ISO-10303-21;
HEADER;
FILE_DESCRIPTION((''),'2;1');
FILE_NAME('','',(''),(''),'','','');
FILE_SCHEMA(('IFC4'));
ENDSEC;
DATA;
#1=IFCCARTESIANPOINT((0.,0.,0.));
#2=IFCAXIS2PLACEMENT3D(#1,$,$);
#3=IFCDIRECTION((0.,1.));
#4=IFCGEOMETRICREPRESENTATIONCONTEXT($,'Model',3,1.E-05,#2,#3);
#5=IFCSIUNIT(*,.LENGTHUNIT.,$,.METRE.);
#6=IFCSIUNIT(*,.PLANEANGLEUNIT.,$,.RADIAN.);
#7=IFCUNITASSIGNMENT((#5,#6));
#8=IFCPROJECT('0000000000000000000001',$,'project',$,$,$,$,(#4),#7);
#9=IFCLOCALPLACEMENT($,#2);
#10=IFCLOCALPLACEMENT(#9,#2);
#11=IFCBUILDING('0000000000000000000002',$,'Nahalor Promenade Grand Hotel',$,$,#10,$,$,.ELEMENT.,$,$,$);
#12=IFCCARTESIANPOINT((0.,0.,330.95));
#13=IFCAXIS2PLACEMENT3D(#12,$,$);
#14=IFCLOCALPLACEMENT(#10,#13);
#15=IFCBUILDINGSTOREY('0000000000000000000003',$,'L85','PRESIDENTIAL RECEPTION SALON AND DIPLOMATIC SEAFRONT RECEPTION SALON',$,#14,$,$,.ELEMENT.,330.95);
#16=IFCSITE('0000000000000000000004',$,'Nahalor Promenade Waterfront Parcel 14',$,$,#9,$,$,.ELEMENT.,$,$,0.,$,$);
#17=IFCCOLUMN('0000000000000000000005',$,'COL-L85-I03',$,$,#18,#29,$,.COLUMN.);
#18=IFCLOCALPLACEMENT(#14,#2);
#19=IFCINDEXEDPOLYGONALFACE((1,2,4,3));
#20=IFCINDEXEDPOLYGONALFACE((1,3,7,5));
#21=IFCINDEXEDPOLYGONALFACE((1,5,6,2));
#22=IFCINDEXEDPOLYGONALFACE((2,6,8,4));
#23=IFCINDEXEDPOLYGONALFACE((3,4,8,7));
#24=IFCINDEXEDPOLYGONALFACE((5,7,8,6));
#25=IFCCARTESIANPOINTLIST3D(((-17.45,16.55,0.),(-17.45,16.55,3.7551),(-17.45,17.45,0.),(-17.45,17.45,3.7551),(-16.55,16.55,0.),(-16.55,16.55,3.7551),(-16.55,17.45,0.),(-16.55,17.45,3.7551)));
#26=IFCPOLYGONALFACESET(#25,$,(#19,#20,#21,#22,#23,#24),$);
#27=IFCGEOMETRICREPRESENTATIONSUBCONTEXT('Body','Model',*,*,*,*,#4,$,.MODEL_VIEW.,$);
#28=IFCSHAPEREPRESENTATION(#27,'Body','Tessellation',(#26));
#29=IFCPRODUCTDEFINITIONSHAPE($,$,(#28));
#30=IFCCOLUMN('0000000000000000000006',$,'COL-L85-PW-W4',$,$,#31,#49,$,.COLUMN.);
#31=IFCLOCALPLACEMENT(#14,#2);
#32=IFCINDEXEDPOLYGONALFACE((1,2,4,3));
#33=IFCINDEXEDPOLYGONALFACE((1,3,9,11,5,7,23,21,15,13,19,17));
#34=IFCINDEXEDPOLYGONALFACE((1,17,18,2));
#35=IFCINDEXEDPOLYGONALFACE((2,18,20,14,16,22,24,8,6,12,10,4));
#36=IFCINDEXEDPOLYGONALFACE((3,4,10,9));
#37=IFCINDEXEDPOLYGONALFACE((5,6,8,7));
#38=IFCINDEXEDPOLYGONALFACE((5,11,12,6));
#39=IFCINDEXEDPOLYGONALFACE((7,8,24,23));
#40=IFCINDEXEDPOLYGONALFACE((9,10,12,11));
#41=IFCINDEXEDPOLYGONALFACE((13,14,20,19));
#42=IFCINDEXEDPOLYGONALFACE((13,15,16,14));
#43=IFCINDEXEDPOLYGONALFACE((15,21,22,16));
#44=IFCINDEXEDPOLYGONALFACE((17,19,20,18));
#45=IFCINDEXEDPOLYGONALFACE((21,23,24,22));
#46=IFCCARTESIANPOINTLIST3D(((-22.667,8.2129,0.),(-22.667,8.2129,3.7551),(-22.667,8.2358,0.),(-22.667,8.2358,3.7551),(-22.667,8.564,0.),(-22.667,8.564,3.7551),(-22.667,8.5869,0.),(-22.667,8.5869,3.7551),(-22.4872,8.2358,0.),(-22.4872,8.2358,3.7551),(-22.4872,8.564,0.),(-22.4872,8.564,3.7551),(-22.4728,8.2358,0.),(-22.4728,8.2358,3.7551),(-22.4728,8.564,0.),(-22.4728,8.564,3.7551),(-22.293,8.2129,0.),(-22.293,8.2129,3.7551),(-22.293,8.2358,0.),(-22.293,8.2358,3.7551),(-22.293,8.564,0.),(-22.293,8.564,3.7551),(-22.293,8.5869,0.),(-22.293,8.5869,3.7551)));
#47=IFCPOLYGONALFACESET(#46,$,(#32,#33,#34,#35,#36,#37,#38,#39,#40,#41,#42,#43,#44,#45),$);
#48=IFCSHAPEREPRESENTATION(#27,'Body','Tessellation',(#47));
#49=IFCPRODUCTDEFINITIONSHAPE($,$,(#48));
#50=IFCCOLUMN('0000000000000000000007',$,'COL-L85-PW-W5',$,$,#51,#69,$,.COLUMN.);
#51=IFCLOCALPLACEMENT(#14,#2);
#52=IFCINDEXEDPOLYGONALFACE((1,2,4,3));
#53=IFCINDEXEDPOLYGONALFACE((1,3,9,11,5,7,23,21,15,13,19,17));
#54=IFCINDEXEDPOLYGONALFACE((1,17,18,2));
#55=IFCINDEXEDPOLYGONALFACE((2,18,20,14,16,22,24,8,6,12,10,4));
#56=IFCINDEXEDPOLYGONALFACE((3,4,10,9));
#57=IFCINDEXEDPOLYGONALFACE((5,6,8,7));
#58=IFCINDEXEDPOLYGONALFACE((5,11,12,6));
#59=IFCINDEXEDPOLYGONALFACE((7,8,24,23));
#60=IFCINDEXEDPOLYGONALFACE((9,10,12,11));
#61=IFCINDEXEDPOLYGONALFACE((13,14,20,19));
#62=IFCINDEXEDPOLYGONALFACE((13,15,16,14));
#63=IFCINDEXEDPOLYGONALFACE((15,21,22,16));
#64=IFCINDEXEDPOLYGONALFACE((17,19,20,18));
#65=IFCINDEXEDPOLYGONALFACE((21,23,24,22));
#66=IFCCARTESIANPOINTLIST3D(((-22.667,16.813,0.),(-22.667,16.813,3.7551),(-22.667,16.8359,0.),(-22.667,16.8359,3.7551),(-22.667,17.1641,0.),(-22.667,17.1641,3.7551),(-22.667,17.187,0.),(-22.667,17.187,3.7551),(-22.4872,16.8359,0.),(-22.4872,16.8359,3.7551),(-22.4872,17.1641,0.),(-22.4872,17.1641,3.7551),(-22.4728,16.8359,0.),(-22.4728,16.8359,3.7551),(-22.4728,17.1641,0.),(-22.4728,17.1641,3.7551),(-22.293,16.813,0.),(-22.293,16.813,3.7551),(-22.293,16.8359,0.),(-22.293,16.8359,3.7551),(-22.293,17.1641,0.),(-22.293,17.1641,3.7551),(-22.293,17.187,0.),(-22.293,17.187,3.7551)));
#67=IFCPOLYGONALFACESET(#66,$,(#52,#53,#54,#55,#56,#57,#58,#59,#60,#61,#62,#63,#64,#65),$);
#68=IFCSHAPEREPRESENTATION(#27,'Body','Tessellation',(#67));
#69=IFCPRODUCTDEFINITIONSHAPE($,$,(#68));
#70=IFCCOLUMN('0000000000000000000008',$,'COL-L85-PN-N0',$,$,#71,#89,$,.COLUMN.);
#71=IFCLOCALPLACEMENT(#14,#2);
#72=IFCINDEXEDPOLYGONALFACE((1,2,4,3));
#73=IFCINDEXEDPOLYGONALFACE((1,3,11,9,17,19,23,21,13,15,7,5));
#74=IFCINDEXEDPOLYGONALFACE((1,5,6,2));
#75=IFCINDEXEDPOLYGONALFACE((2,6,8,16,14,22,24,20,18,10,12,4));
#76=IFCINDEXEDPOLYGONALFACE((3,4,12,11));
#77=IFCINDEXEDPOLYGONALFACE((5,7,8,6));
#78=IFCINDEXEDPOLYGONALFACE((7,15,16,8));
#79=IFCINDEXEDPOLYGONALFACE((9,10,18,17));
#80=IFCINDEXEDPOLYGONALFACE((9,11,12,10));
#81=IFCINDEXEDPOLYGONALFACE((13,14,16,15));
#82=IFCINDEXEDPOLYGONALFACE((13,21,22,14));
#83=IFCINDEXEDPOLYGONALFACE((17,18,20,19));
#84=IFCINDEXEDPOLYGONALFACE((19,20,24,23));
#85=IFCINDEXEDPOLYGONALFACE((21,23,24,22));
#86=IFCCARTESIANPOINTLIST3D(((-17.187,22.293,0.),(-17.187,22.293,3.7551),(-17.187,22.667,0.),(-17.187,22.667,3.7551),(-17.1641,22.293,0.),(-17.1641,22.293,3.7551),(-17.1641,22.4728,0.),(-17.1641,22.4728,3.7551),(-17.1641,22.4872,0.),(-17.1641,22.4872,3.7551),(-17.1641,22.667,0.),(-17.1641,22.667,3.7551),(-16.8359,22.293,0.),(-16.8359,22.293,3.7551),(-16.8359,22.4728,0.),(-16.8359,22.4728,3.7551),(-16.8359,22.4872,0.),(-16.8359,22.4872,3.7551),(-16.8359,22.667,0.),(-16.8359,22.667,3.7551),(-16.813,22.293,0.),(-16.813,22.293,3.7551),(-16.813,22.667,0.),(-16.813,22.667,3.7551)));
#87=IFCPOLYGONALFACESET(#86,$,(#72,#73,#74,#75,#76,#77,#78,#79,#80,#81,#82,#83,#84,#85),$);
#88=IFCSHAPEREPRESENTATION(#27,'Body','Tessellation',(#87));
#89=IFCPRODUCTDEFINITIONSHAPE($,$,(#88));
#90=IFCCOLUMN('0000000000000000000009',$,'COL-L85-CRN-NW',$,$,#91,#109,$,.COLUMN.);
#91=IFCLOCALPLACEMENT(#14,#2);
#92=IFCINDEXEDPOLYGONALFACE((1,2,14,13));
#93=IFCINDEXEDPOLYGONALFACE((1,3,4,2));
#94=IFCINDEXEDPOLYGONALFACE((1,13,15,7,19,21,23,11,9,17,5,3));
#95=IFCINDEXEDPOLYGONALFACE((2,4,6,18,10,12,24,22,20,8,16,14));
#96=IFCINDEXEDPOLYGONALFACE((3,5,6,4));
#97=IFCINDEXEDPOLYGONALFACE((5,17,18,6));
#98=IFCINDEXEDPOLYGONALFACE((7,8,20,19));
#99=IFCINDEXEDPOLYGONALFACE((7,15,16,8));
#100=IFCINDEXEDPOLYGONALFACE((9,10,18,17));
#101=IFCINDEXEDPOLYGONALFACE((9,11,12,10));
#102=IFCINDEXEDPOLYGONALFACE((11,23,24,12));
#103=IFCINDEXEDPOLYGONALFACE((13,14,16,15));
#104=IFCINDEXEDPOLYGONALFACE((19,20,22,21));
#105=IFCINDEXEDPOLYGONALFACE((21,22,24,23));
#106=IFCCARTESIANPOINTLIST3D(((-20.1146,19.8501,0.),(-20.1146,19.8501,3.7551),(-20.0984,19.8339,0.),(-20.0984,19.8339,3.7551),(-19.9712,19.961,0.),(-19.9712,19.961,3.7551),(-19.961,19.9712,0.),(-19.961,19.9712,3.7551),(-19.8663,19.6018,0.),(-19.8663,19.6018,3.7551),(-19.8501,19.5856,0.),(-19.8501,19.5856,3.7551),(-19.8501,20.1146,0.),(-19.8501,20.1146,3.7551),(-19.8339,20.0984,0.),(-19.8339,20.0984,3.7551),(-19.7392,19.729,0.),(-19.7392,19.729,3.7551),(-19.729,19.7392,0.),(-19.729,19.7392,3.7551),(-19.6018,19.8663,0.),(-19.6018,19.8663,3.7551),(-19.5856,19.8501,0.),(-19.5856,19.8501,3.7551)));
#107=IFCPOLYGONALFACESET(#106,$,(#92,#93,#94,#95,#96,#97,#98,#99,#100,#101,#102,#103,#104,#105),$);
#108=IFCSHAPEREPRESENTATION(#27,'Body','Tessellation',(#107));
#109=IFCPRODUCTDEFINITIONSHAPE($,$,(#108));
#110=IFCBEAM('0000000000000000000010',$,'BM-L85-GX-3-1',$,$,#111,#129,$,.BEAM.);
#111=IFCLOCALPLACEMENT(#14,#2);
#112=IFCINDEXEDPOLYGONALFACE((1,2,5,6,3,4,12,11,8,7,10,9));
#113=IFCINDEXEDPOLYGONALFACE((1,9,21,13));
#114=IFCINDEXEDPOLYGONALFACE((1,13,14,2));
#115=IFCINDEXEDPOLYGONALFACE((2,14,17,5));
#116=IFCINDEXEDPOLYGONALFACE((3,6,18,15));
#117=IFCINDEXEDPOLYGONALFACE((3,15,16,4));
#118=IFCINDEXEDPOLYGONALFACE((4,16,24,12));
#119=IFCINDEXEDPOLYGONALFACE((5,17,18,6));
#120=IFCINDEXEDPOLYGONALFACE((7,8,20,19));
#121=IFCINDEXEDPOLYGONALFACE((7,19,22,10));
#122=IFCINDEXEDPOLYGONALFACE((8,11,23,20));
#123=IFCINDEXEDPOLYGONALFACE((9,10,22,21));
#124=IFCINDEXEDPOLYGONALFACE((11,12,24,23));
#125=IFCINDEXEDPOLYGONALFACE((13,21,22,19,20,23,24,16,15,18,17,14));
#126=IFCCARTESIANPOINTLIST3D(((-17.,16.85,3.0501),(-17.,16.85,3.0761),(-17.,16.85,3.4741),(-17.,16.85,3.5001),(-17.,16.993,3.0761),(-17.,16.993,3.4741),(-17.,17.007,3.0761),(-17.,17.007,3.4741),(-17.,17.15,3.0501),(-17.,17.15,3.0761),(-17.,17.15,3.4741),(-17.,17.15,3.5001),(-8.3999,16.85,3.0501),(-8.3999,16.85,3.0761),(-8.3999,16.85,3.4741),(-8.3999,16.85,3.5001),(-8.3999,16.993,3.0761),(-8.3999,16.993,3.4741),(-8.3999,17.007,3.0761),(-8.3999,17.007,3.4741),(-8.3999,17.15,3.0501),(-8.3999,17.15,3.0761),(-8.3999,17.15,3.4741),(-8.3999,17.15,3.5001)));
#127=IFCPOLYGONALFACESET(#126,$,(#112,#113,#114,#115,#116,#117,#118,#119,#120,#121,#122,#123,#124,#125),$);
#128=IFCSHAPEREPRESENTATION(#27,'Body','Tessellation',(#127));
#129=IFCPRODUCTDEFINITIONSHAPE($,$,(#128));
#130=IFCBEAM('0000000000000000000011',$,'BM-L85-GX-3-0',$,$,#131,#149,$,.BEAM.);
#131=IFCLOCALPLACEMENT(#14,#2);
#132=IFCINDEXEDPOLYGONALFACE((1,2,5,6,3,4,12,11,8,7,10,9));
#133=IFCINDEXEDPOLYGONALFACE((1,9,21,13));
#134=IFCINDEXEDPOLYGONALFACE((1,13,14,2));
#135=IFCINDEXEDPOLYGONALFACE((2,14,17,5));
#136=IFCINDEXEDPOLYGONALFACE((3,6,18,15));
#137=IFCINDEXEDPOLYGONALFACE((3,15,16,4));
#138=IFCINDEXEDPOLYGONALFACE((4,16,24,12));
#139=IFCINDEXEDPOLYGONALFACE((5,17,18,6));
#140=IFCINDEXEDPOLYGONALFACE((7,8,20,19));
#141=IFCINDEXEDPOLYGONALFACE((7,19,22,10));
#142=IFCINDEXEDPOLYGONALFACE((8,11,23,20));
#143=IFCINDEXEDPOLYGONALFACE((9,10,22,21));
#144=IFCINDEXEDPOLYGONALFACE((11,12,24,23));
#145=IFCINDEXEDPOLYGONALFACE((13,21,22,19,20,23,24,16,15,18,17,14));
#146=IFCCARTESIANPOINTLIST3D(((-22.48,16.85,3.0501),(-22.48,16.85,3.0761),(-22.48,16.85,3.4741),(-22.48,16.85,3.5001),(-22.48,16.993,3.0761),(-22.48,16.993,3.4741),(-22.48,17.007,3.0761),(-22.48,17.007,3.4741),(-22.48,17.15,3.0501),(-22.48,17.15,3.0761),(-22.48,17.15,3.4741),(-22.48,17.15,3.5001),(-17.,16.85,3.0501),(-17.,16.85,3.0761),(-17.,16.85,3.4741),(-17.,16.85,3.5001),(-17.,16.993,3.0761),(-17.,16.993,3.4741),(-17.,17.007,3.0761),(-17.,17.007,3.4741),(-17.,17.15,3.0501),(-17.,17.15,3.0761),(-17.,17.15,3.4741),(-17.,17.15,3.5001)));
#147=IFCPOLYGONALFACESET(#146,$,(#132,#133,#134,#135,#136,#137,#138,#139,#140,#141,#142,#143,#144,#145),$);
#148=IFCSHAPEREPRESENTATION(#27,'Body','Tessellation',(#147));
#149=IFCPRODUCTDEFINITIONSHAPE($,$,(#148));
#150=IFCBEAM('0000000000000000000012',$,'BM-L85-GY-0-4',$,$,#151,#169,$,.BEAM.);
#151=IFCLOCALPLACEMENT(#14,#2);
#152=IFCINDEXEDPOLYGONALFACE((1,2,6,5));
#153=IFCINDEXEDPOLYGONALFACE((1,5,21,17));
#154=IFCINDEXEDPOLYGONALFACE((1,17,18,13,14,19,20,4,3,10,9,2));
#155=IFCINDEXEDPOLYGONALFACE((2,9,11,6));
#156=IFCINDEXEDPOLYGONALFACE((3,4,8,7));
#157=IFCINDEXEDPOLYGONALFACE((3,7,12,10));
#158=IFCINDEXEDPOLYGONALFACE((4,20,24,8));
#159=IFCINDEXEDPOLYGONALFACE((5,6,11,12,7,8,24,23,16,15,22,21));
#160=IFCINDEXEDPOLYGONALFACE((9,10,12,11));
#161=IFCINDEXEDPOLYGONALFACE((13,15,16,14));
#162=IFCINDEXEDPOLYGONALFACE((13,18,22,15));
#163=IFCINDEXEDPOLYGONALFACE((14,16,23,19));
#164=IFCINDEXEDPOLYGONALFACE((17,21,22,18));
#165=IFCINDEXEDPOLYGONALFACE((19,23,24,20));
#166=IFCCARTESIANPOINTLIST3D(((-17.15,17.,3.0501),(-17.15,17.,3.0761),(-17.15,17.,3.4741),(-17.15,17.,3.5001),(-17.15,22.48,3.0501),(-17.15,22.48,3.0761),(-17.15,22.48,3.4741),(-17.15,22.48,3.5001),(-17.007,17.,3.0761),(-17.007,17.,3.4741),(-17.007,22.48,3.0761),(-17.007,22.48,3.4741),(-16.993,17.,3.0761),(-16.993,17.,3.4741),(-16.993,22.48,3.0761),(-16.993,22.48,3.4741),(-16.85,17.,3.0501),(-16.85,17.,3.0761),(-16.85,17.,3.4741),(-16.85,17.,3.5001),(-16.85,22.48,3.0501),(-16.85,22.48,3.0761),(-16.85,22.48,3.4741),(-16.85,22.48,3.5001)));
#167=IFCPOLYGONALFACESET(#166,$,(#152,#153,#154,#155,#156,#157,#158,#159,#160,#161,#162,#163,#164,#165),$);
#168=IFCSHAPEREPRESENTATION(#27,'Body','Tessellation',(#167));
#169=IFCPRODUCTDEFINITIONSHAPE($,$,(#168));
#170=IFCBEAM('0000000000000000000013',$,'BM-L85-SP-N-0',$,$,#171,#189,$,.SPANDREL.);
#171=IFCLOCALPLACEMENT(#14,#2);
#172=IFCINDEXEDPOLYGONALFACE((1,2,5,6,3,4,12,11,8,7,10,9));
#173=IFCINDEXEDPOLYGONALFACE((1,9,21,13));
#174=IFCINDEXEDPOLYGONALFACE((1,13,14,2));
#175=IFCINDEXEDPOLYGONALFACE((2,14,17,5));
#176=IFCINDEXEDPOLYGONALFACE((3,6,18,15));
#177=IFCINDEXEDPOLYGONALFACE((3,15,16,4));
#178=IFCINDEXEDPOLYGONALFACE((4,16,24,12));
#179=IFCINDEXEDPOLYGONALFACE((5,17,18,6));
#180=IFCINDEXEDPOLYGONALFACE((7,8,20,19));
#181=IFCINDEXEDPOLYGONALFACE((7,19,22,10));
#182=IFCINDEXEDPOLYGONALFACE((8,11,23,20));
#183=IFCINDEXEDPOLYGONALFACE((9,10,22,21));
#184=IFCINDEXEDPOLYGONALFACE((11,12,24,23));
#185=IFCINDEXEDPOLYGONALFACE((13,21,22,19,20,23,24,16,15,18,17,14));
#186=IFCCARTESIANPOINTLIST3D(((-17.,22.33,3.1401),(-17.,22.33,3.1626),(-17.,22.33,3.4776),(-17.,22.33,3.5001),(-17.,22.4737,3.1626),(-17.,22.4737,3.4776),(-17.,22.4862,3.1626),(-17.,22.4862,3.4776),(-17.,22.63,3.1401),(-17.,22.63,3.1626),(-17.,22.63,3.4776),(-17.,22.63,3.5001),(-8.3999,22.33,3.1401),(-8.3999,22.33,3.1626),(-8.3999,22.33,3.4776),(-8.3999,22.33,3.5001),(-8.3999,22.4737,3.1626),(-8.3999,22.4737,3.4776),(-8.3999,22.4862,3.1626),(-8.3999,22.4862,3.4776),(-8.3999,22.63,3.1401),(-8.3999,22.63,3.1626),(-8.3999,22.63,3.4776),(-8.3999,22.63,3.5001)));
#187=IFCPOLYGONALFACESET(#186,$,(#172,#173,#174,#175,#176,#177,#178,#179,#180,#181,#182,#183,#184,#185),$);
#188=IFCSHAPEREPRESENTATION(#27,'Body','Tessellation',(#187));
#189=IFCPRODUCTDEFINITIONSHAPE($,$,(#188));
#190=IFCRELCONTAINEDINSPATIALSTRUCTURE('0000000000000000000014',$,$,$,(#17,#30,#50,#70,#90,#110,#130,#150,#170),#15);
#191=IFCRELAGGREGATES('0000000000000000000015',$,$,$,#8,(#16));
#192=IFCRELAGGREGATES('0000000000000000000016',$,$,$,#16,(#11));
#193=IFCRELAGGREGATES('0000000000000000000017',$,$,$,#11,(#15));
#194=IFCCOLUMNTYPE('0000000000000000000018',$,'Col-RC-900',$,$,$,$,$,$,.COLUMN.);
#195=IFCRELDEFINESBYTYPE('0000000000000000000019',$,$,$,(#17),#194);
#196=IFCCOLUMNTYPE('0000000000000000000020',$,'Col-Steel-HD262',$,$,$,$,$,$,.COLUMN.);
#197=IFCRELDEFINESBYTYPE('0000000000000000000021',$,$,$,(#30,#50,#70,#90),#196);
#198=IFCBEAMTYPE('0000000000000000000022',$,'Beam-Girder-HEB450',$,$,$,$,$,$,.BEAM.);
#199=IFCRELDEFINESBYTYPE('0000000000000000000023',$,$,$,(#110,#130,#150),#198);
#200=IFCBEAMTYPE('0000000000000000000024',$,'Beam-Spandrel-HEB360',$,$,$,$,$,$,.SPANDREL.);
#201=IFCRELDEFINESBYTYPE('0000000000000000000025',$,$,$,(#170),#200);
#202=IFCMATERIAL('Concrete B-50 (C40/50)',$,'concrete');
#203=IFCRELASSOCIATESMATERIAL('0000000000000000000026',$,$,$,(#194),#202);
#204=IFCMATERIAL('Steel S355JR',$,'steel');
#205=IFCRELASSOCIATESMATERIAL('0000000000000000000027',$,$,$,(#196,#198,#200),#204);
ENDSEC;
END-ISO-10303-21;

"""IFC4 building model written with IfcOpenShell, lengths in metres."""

from ifc_helpers import new_model, si_unit, direction, frame, origin, origin_2d, place, context, subcontext, project, spatial, rectangle, i_section, extrude, source, transform, mapped, material, material_profile, profile_set, type_object, element, save


model = new_model("IFC4")

# Units and contexts
model_context = context("Model", 3, precision=1e-05, world=origin(), true_north=direction((0.0, 1.0)))
body_context = subcontext(model_context, "Body", "Model", "MODEL_VIEW")
ifc_project = project(units=[si_unit("LENGTHUNIT", "METRE"), si_unit("PLANEANGLEUNIT", "RADIAN")], contexts=[model_context])

# Site, building, storey
site_placement = place(None, origin())
site = spatial("IfcSite", under=ifc_project, at=site_placement, Name="Nahalor Promenade Waterfront Parcel 14", CompositionType="ELEMENT", RefElevation=0.0)
building_placement = place(site_placement, origin())
building = spatial("IfcBuilding", under=site, at=building_placement, Name="Nahalor Promenade Grand Hotel", CompositionType="ELEMENT")
storey_placement = place(building_placement, frame((0.0, 0.0, 330.95)))
storey = spatial("IfcBuildingStorey", under=building, at=storey_placement, Name="L85", Description="PRESIDENTIAL RECEPTION SALON AND DIPLOMATIC SEAFRONT RECEPTION SALON", CompositionType="ELEMENT", Elevation=330.95)

# Columns
ifc_material_1 = material(Name="Concrete B-50 (C40/50)", Category="concrete")
ifc_material_profile_1 = material_profile(ifc_material_1, rectangle(XDim=0.9, YDim=0.9, at=origin_2d()), Name="RC 900x900")
ifc_profile_set_1 = profile_set([ifc_material_profile_1], Name="Concrete B-50 (C40/50)")
column_type_1 = type_object("IfcColumnType", Name="Col-RC-900", PredefinedType="COLUMN", material=ifc_profile_set_1)
shared_shape_1 = source(origin(), body_context, "Body", "SweptSolid", [
    extrude(rectangle(XDim=0.9, YDim=0.9, at=origin_2d()), origin(), (0.0, 0.0, 1.0), 3.7551),
])
column_placement = place(storey_placement, frame((-17.0, 17.0, 0.0), z_axis=(0.0, 0.0, 1.0), x_axis=(1.0, 0.0, 0.0)))
element("IfcColumn", 1, at=column_placement, inside=storey, type_object=column_type_1, Name="COL-L85-I03", PredefinedType="COLUMN", context=body_context, shape_type="MappedRepresentation", body=[
    mapped(shared_shape_1, transform((0.0, 0.0, 0.0), scale=1.0)),
])
ifc_material_2 = material(Name="Steel S355JR", Category="steel")
ifc_material_profile_2 = material_profile(ifc_material_2, i_section(OverallWidth=0.374, OverallDepth=0.374, WebThickness=0.0144, FlangeThickness=0.0229, at=origin_2d()), Name="HD 360x262")
ifc_profile_set_2 = profile_set([ifc_material_profile_2], Name="Steel S355JR")
column_type_2 = type_object("IfcColumnType", Name="Col-Steel-HD262", PredefinedType="COLUMN", material=ifc_profile_set_2)
shared_shape_2 = source(origin(), body_context, "Body", "SweptSolid", [
    extrude(i_section(OverallWidth=0.374, OverallDepth=0.374, WebThickness=0.0144, FlangeThickness=0.0229, at=origin_2d()), origin(), (0.0, 0.0, 1.0), 3.7551),
])
for number, where, z_axis, x_axis, name in (
    (2, (-22.48, 8.3999, 0.0), (0.0, 0.0, 1.0), (1.0, 0.0, 0.0), "COL-L85-PW-W4"),
    (3, (-22.48, 17.0, 0.0), (0.0, 0.0, 1.0), (1.0, 0.0, 0.0), "COL-L85-PW-W5"),
    (4, (-17.0, 22.48, 0.0), (0.0, 0.0, 1.0), (0.0, 1.0, 0.0), "COL-L85-PN-N0"),
    (5, (-19.8501, 19.8501, 0.0), (0.0, 0.0, 1.0), (0.707107, 0.707107, 0.0), "COL-L85-CRN-NW"),
):
    element("IfcColumn", number, at=place(storey_placement, frame(where, z_axis=z_axis, x_axis=x_axis)), inside=storey, type_object=column_type_2, Name=name, PredefinedType="COLUMN", context=body_context, shape_type="MappedRepresentation", body=[
        mapped(shared_shape_2, transform((0.0, 0.0, 0.0), scale=1.0)),
    ])

# Beams
ifc_material_profile_3 = material_profile(ifc_material_2, i_section(OverallWidth=0.3, OverallDepth=0.45, WebThickness=0.014, FlangeThickness=0.026, at=origin_2d()), Name="HEB 450")
ifc_profile_set_3 = profile_set([ifc_material_profile_3], Name="Steel S355JR")
beam_type_1 = type_object("IfcBeamType", Name="Beam-Girder-HEB450", PredefinedType="BEAM", material=ifc_profile_set_3)
shared_shape_3 = source(origin(), body_context, "Body", "SweptSolid", [
    extrude(i_section(OverallWidth=0.3, OverallDepth=0.45, WebThickness=0.014, FlangeThickness=0.026, at=origin_2d()), origin(), (0.0, 0.0, 1.0), 8.6001),
])
beam_1_placement = place(storey_placement, frame((-17.0, 17.0, 3.2751), z_axis=(1.0, 0.0, 0.0), x_axis=(0.0, 1.0, 0.0)))
element("IfcBeam", 6, at=beam_1_placement, inside=storey, type_object=beam_type_1, Name="BM-L85-GX-3-1", PredefinedType="BEAM", context=body_context, shape_type="MappedRepresentation", body=[
    mapped(shared_shape_3, transform((0.0, 0.0, 0.0), scale=1.0)),
])
shared_shape_4 = source(origin(), body_context, "Body", "SweptSolid", [
    extrude(i_section(OverallWidth=0.3, OverallDepth=0.45, WebThickness=0.014, FlangeThickness=0.026, at=origin_2d()), origin(), (0.0, 0.0, 1.0), 5.48),
])
for number, where, z_axis, x_axis, name in (
    (7, (-22.48, 17.0, 3.2751), (1.0, 0.0, 0.0), (0.0, 1.0, 0.0), "BM-L85-GX-3-0"),
    (8, (-17.0, 17.0, 3.2751), (0.0, 1.0, 0.0), (-1.0, 0.0, 0.0), "BM-L85-GY-0-4"),
):
    element("IfcBeam", number, at=place(storey_placement, frame(where, z_axis=z_axis, x_axis=x_axis)), inside=storey, type_object=beam_type_1, Name=name, PredefinedType="BEAM", context=body_context, shape_type="MappedRepresentation", body=[
        mapped(shared_shape_4, transform((0.0, 0.0, 0.0), scale=1.0)),
    ])
ifc_material_profile_4 = material_profile(ifc_material_2, i_section(OverallWidth=0.3, OverallDepth=0.36, WebThickness=0.0125, FlangeThickness=0.0225, at=origin_2d()), Name="HEB 360")
ifc_profile_set_4 = profile_set([ifc_material_profile_4], Name="Steel S355JR")
beam_type_2 = type_object("IfcBeamType", Name="Beam-Spandrel-HEB360", PredefinedType="SPANDREL", material=ifc_profile_set_4)
shared_shape_5 = source(origin(), body_context, "Body", "SweptSolid", [
    extrude(i_section(OverallWidth=0.3, OverallDepth=0.36, WebThickness=0.0125, FlangeThickness=0.0225, at=origin_2d()), origin(), (0.0, 0.0, 1.0), 8.6001),
])
for number, where, z_axis, x_axis, name in (
    (9, (-17.0, 22.48, 3.3201), (1.0, 0.0, 0.0), (0.0, 1.0, 0.0), "BM-L85-SP-N-0"),
):
    element("IfcBeam", number, at=place(storey_placement, frame(where, z_axis=z_axis, x_axis=x_axis)), inside=storey, type_object=beam_type_2, Name=name, PredefinedType="SPANDREL", context=body_context, shape_type="MappedRepresentation", body=[
        mapped(shared_shape_5, transform((0.0, 0.0, 0.0), scale=1.0)),
    ])

save(model, "model.ifc")
